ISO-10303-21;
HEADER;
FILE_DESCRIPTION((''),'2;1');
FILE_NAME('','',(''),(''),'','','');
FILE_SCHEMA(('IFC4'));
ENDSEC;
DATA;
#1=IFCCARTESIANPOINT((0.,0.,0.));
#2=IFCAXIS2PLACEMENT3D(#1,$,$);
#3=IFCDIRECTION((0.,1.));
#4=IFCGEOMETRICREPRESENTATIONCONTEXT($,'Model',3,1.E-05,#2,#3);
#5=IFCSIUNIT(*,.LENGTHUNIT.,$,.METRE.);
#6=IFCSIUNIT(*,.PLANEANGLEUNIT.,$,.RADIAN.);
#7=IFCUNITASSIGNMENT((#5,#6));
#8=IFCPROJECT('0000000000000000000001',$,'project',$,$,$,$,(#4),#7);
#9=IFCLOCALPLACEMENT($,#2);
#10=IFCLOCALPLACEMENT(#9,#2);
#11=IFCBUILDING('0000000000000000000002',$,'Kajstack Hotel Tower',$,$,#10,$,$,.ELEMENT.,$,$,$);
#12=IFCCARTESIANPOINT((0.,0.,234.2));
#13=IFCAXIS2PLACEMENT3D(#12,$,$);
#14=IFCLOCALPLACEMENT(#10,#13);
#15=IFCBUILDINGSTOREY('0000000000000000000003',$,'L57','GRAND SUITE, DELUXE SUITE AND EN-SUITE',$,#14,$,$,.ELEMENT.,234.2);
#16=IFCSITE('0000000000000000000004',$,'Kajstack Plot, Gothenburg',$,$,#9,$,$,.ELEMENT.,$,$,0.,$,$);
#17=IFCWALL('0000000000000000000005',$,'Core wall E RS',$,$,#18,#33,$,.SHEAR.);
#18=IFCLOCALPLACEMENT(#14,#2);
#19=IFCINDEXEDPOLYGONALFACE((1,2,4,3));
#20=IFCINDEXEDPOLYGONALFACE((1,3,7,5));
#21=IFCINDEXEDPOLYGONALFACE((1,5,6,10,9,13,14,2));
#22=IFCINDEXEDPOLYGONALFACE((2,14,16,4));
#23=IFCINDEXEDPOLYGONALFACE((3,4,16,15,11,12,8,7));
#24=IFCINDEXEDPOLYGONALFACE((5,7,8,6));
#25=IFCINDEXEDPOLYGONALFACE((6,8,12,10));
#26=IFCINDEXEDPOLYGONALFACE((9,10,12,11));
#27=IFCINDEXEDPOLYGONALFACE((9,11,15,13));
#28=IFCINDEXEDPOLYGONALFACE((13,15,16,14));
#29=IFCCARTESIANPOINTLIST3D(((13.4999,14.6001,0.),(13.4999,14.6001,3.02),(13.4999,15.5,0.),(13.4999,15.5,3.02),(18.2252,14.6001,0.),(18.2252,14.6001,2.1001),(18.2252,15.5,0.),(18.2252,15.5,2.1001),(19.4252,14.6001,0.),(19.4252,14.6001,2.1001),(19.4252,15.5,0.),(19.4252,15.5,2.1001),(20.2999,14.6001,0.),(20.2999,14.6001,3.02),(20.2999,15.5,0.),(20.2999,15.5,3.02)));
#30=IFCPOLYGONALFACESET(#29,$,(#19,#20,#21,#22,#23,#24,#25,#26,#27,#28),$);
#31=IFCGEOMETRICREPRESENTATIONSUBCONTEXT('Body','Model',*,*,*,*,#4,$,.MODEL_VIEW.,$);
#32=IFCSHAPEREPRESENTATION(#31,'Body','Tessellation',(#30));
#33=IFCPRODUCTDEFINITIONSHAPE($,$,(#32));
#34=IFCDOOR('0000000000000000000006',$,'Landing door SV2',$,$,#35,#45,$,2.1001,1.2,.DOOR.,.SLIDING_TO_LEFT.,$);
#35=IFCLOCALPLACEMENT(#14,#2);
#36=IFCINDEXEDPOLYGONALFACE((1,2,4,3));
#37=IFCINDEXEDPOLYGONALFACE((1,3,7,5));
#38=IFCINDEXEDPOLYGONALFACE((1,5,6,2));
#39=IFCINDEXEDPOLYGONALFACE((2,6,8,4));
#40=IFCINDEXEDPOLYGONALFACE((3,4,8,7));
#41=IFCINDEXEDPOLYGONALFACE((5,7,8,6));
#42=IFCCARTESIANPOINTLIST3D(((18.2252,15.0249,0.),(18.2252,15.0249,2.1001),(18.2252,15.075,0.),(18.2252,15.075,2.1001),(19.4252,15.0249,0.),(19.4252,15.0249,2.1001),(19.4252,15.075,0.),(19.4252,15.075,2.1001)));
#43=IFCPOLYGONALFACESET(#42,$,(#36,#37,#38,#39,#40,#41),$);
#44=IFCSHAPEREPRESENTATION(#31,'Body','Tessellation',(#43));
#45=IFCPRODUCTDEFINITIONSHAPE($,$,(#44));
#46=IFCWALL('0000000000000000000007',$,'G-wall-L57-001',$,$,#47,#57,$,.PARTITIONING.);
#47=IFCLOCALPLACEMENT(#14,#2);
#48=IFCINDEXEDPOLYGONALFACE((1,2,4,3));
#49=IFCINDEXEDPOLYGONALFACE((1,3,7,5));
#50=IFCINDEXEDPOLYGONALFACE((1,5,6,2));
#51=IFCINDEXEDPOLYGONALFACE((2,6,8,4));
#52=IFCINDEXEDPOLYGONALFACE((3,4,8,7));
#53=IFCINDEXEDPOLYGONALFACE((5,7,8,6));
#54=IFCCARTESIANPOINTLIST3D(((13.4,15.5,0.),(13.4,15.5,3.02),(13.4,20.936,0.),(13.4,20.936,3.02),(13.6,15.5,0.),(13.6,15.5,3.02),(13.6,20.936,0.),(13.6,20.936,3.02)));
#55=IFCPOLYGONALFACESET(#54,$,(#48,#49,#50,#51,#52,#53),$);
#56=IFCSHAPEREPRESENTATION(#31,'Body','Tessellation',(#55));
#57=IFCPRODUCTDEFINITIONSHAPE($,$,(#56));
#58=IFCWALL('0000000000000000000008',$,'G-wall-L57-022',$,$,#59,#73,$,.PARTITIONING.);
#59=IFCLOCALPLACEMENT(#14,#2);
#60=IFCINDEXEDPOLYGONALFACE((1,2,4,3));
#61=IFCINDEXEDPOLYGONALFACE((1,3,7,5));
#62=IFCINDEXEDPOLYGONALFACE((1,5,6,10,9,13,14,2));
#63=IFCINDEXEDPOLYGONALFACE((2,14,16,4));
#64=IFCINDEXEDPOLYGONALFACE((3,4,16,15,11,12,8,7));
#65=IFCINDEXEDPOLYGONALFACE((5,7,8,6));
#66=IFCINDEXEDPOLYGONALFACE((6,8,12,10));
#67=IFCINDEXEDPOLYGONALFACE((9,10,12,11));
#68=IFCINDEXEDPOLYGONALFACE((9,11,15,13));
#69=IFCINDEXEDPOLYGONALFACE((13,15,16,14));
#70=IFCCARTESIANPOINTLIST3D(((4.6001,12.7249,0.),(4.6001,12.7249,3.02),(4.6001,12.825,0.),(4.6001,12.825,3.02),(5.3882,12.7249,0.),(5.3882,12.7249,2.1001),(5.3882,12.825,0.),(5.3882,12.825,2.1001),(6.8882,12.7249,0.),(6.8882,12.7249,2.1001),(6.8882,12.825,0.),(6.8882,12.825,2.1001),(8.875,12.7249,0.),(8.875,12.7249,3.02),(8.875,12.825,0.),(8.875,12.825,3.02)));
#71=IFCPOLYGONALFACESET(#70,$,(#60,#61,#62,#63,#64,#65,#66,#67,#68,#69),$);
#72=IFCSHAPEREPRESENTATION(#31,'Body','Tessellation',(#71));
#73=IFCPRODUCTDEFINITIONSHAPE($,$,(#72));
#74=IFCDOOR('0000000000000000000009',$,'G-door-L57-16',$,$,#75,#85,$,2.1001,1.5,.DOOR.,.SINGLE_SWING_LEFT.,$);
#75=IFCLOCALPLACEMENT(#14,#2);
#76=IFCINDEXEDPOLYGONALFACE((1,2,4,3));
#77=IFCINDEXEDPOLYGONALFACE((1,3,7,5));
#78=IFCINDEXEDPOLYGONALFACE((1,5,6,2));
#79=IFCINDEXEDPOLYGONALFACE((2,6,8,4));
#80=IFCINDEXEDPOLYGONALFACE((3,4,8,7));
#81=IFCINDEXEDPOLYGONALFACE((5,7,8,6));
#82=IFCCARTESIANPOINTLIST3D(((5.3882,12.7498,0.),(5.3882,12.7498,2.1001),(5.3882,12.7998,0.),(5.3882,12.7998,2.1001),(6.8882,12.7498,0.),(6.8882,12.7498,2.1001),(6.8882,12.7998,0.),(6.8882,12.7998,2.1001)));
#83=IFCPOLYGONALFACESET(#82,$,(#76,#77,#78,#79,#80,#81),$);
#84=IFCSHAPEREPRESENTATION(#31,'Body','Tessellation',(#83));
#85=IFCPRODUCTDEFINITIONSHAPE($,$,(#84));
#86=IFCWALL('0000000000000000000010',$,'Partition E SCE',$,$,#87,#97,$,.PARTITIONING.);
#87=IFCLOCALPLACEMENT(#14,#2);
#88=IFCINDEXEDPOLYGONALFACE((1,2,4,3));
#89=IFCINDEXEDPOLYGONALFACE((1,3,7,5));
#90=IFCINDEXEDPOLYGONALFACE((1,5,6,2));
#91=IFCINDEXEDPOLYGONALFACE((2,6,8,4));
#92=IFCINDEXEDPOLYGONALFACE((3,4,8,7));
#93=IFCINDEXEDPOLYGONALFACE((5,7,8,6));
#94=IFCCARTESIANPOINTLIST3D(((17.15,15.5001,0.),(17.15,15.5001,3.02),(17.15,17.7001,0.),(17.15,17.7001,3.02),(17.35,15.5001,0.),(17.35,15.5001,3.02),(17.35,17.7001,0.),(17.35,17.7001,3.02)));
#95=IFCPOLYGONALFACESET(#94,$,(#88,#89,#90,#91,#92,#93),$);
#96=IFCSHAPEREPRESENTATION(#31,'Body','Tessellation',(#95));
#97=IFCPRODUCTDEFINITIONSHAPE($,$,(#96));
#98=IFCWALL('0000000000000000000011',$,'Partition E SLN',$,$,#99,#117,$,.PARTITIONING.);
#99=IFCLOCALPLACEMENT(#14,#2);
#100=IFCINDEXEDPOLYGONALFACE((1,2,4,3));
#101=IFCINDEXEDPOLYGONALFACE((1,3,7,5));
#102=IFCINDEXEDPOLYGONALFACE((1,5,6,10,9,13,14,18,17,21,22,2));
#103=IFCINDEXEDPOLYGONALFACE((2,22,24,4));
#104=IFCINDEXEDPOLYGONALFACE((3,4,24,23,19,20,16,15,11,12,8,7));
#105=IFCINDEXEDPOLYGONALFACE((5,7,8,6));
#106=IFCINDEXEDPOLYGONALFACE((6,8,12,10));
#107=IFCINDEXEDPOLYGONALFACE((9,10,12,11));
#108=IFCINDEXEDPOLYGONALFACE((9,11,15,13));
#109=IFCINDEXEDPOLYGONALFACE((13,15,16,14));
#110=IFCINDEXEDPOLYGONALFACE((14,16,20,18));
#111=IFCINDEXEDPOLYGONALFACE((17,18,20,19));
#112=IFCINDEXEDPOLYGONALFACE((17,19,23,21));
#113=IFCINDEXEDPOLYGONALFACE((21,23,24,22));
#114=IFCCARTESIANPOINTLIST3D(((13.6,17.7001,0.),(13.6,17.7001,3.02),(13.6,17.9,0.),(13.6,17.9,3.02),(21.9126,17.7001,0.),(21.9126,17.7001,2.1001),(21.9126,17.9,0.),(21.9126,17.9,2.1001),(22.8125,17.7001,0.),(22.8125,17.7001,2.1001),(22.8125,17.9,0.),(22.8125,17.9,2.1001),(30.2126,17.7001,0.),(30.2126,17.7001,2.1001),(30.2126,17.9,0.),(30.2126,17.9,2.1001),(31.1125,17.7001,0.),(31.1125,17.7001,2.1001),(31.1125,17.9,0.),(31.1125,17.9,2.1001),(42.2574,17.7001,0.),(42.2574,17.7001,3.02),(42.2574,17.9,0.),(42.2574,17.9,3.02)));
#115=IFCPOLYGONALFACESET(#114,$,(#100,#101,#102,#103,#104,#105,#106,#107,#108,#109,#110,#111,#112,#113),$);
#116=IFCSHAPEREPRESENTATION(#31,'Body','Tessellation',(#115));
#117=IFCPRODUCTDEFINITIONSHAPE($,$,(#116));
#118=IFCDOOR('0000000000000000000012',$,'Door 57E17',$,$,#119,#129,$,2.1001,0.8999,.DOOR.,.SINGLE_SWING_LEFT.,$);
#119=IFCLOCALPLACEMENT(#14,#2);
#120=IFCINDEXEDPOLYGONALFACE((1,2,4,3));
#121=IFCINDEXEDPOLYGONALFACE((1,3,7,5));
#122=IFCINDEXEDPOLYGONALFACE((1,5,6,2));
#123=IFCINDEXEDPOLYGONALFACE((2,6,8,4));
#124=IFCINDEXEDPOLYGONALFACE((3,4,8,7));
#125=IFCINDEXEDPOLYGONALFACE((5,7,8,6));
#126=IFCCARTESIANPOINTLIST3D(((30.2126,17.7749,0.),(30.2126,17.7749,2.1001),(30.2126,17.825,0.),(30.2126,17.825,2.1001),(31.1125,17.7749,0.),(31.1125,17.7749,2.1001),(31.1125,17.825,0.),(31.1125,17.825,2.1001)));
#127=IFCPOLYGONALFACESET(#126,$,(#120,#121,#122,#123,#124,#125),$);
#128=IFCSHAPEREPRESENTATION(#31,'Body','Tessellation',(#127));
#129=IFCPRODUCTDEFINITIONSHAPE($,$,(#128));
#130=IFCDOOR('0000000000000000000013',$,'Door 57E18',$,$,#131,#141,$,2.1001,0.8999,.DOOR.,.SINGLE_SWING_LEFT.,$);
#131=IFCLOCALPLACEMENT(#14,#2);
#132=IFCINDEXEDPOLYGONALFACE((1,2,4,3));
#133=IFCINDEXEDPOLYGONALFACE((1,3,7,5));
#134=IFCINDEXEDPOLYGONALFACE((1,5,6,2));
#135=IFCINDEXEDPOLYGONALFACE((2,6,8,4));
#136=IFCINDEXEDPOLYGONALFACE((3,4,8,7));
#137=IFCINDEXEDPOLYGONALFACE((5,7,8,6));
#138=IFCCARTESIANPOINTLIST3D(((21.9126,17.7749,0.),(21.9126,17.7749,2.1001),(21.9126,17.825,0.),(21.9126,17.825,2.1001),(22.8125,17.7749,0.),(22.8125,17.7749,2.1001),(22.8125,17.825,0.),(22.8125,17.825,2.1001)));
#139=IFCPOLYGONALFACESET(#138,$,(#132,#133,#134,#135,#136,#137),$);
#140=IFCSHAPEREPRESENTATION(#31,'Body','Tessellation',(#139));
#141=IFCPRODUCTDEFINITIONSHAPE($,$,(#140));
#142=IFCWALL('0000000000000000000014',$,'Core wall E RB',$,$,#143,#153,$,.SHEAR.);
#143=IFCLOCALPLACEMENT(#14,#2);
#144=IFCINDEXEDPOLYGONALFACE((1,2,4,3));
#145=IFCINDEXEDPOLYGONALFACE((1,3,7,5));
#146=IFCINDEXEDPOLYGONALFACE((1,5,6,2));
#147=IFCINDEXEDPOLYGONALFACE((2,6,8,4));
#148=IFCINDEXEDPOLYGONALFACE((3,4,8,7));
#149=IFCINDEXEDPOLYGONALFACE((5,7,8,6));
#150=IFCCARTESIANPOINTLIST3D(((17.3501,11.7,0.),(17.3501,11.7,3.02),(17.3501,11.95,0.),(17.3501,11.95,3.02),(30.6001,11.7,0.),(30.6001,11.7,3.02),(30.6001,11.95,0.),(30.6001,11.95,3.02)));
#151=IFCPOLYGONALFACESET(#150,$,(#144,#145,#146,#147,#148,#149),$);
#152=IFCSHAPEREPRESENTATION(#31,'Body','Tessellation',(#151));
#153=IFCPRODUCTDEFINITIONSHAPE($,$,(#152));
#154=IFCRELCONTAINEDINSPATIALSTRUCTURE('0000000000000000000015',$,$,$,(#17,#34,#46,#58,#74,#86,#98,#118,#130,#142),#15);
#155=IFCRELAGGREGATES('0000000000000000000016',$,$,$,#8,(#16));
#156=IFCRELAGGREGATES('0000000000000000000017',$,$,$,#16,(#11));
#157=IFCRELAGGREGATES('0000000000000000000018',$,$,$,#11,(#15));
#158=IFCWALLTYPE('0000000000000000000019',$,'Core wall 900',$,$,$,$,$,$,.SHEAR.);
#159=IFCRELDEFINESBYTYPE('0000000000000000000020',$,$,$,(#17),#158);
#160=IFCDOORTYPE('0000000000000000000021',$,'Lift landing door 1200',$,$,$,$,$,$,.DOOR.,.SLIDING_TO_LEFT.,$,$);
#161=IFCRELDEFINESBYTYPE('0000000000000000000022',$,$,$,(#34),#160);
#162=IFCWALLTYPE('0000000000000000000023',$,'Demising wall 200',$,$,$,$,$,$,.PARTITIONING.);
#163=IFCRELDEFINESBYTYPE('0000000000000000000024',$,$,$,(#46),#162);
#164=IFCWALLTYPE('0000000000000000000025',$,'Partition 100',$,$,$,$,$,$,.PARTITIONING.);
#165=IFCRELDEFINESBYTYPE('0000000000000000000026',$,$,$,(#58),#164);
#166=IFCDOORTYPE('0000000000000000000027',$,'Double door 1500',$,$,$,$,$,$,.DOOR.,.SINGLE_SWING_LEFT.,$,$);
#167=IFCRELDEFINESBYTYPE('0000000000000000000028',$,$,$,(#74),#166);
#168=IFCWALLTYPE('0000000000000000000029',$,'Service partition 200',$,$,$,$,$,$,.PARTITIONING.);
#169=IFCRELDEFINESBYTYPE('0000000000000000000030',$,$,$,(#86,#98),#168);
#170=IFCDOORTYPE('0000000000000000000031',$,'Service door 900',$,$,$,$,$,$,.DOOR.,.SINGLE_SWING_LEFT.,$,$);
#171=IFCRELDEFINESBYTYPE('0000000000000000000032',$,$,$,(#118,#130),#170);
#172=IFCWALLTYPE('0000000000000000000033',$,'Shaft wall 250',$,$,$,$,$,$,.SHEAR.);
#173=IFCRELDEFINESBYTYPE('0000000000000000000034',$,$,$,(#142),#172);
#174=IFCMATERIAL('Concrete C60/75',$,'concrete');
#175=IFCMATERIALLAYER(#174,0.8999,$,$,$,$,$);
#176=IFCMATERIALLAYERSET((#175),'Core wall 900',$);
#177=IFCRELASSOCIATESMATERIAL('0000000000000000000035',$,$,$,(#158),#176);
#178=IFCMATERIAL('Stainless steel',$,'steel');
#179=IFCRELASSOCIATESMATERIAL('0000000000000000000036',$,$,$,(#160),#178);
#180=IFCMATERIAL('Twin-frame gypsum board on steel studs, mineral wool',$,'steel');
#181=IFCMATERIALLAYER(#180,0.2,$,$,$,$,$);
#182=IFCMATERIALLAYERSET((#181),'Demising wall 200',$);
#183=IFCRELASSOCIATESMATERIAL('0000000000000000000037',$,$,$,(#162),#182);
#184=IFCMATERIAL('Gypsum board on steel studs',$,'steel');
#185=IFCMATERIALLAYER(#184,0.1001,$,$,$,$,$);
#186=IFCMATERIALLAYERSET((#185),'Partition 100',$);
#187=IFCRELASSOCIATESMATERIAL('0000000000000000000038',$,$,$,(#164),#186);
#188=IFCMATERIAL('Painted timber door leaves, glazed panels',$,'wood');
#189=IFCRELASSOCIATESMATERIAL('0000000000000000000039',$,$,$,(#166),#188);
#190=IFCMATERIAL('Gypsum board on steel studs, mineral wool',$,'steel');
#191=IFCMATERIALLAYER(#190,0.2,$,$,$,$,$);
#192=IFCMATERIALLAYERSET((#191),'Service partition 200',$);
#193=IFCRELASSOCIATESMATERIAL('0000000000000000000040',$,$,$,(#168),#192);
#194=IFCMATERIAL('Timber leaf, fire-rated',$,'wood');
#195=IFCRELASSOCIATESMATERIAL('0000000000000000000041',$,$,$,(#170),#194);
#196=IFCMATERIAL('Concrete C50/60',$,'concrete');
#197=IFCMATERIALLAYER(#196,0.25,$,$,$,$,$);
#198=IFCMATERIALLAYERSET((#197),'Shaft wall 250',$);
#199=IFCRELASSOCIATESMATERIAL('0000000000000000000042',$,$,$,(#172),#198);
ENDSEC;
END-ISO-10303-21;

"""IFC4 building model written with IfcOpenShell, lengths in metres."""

from ifc_helpers import new_model, si_unit, direction, frame, frame_2d, origin, place, context, subcontext, project, spatial, rectangle, extrude, material, layer, layer_set, type_object, element, fill, save


model = new_model("IFC4")

# Units and contexts
model_context = context("Model", 3, precision=1e-05, world=origin(), true_north=direction((0.0, 1.0)))
body_context = subcontext(model_context, "Body", "Model", "MODEL_VIEW")
ifc_project = project(units=[si_unit("LENGTHUNIT", "METRE"), si_unit("PLANEANGLEUNIT", "RADIAN")], contexts=[model_context])

# Site, building, storey
site_placement = place(None, origin())
site = spatial("IfcSite", under=ifc_project, at=site_placement, Name="Kajstack Plot, Gothenburg", CompositionType="ELEMENT", RefElevation=0.0)
building_placement = place(site_placement, origin())
building = spatial("IfcBuilding", under=site, at=building_placement, Name="Kajstack Hotel Tower", CompositionType="ELEMENT")
storey_placement = place(building_placement, frame((0.0, 0.0, 234.2)))
storey = spatial("IfcBuildingStorey", under=building, at=storey_placement, Name="L57", Description="GRAND SUITE, DELUXE SUITE AND EN-SUITE", CompositionType="ELEMENT", Elevation=234.2)

# Wall, opening, door
ifc_material_1 = material(Name="Concrete C60/75", Category="concrete")
ifc_layer_1 = layer(ifc_material_1, 0.8999)
ifc_layer_set_1 = layer_set([ifc_layer_1], Name="Core wall 900")
wall_type_1 = type_object("IfcWallType", Name="Core wall 900", PredefinedType="SHEAR", material=ifc_layer_set_1)
wall_1_placement = place(storey_placement, frame((13.5, 15.05, 0.0), z_axis=(0.0, 0.0, 1.0), x_axis=(1.0, 0.0, 0.0)))
wall_1 = element("IfcWall", 1, at=wall_1_placement, inside=storey, type_object=wall_type_1, Name="Core wall E RS", PredefinedType="SHEAR", context=body_context, shape_type="SweptSolid", body=[
    extrude(rectangle(XDim=6.8, YDim=0.8999, at=frame_2d((3.3999, 0.0))), origin(), (0.0, 0.0, 1.0), 3.02),
])
opening_1_placement = place(wall_1_placement, frame((4.7251, 0.0, 0.0)))
opening_1 = element("IfcOpeningElement", 2, at=opening_1_placement, cuts=wall_1, PredefinedType="OPENING", context=body_context, shape_type="SweptSolid", body=[
    extrude(rectangle(XDim=1.2, YDim=2.1001, at=frame_2d((0.6001, 1.05))), frame((0.0, 0.46, 0.0), z_axis=(0.0, -1.0, 0.0), x_axis=(1.0, 0.0, 0.0)), (0.0, 0.0, 1.0), 0.9199),
])
ifc_material_2 = material(Name="Stainless steel", Category="steel")
door_type_1 = type_object("IfcDoorType", Name="Lift landing door 1200", OperationType="SLIDING_TO_LEFT", PredefinedType="DOOR", material=ifc_material_2)
door_1_placement = place(opening_1_placement, origin())
door_1 = element("IfcDoor", 3, at=door_1_placement, inside=storey, type_object=door_type_1, Name="Landing door SV2", OperationType="SLIDING_TO_LEFT", OverallHeight=2.1001, OverallWidth=1.2, PredefinedType="DOOR", context=body_context, shape_type="SweptSolid", body=[
    extrude(rectangle(XDim=1.2, YDim=2.1001, at=frame_2d((0.6001, 1.05))), frame((0.0, 0.0249, 0.0), z_axis=(0.0, -1.0, 0.0), x_axis=(1.0, 0.0, 0.0)), (0.0, 0.0, 1.0), 0.05),
])
fill(opening_1, door_1)

# Wall
ifc_material_3 = material(Name="Twin-frame gypsum board on steel studs, mineral wool", Category="steel")
ifc_layer_2 = layer(ifc_material_3, 0.2)
ifc_layer_set_2 = layer_set([ifc_layer_2], Name="Demising wall 200")
wall_type_2 = type_object("IfcWallType", Name="Demising wall 200", PredefinedType="PARTITIONING", material=ifc_layer_set_2)
wall_2_placement = place(storey_placement, frame((13.5, 15.5, 0.0), z_axis=(0.0, 0.0, 1.0), x_axis=(0.0, 1.0, 0.0)))
element("IfcWall", 4, at=wall_2_placement, inside=storey, type_object=wall_type_2, Name="G-wall-L57-001", PredefinedType="PARTITIONING", context=body_context, shape_type="SweptSolid", body=[
    extrude(rectangle(XDim=5.436, YDim=0.2, at=frame_2d((2.718, 0.0))), origin(), (0.0, 0.0, 1.0), 3.02),
])

# Wall, opening, door
ifc_material_4 = material(Name="Gypsum board on steel studs", Category="steel")
ifc_layer_3 = layer(ifc_material_4, 0.1001)
ifc_layer_set_3 = layer_set([ifc_layer_3], Name="Partition 100")
wall_type_3 = type_object("IfcWallType", Name="Partition 100", PredefinedType="PARTITIONING", material=ifc_layer_set_3)
wall_3_placement = place(storey_placement, frame((4.6001, 12.7749, 0.0), z_axis=(0.0, 0.0, 1.0), x_axis=(1.0, 0.0, 0.0)))
wall_3 = element("IfcWall", 5, at=wall_3_placement, inside=storey, type_object=wall_type_3, Name="G-wall-L57-022", PredefinedType="PARTITIONING", context=body_context, shape_type="SweptSolid", body=[
    extrude(rectangle(XDim=4.2749, YDim=0.1001, at=frame_2d((2.1375, 0.0))), origin(), (0.0, 0.0, 1.0), 3.02),
])
opening_2_placement = place(wall_3_placement, frame((0.7881, 0.0, 0.0)))
opening_2 = element("IfcOpeningElement", 6, at=opening_2_placement, cuts=wall_3, PredefinedType="OPENING", context=body_context, shape_type="SweptSolid", body=[
    extrude(rectangle(XDim=1.5, YDim=2.1001, at=frame_2d((0.75, 1.05))), frame((0.0, 0.0601, 0.0), z_axis=(0.0, -1.0, 0.0), x_axis=(1.0, 0.0, 0.0)), (0.0, 0.0, 1.0), 0.1201),
])
ifc_material_5 = material(Name="Painted timber door leaves, glazed panels", Category="wood")
door_type_2 = type_object("IfcDoorType", Name="Double door 1500", OperationType="SINGLE_SWING_LEFT", PredefinedType="DOOR", material=ifc_material_5)
door_2_placement = place(opening_2_placement, origin())
door_2 = element("IfcDoor", 7, at=door_2_placement, inside=storey, type_object=door_type_2, Name="G-door-L57-16", OperationType="SINGLE_SWING_LEFT", OverallHeight=2.1001, OverallWidth=1.5, PredefinedType="DOOR", context=body_context, shape_type="SweptSolid", body=[
    extrude(rectangle(XDim=1.5, YDim=2.1001, at=frame_2d((0.75, 1.05))), frame((0.0, 0.0249, 0.0), z_axis=(0.0, -1.0, 0.0), x_axis=(1.0, 0.0, 0.0)), (0.0, 0.0, 1.0), 0.05),
])
fill(opening_2, door_2)

# Wall
ifc_material_6 = material(Name="Gypsum board on steel studs, mineral wool", Category="steel")
ifc_layer_4 = layer(ifc_material_6, 0.2)
ifc_layer_set_4 = layer_set([ifc_layer_4], Name="Service partition 200")
wall_type_4 = type_object("IfcWallType", Name="Service partition 200", PredefinedType="PARTITIONING", material=ifc_layer_set_4)
wall_4_placement = place(storey_placement, frame((17.25, 15.5, 0.0), z_axis=(0.0, 0.0, 1.0), x_axis=(0.0, 1.0, 0.0)))
element("IfcWall", 8, at=wall_4_placement, inside=storey, type_object=wall_type_4, Name="Partition E SCE", PredefinedType="PARTITIONING", context=body_context, shape_type="SweptSolid", body=[
    extrude(rectangle(XDim=2.2, YDim=0.2, at=frame_2d((1.1001, 0.0))), origin(), (0.0, 0.0, 1.0), 3.02),
])

# Wall, openings, doors
wall_5_placement = place(storey_placement, frame((13.6001, 17.8, 0.0), z_axis=(0.0, 0.0, 1.0), x_axis=(1.0, 0.0, 0.0)))
wall_5 = element("IfcWall", 9, at=wall_5_placement, inside=storey, type_object=wall_type_4, Name="Partition E SLN", PredefinedType="PARTITIONING", context=body_context, shape_type="SweptSolid", body=[
    extrude(rectangle(XDim=28.6575, YDim=0.2, at=frame_2d((14.3286, 0.0))), origin(), (0.0, 0.0, 1.0), 3.02),
])
opening_3_placement = place(wall_5_placement, frame((16.6125, 0.0, 0.0)))
opening_3 = element("IfcOpeningElement", 10, at=opening_3_placement, cuts=wall_5, PredefinedType="OPENING", context=body_context, shape_type="SweptSolid", body=[
    extrude(rectangle(XDim=0.8999, YDim=2.1001, at=frame_2d((0.45, 1.05))), frame((0.0, 0.1099, 0.0), z_axis=(0.0, -1.0, 0.0), x_axis=(1.0, 0.0, 0.0)), (0.0, 0.0, 1.0), 0.22),
])
opening_4_placement = place(wall_5_placement, frame((8.3125, 0.0, 0.0)))
opening_4 = element("IfcOpeningElement", 11, at=opening_4_placement, cuts=wall_5, PredefinedType="OPENING", context=body_context, shape_type="SweptSolid", body=[
    extrude(rectangle(XDim=0.8999, YDim=2.1001, at=frame_2d((0.45, 1.05))), frame((0.0, 0.1099, 0.0), z_axis=(0.0, -1.0, 0.0), x_axis=(1.0, 0.0, 0.0)), (0.0, 0.0, 1.0), 0.22),
])
ifc_material_7 = material(Name="Timber leaf, fire-rated", Category="wood")
door_type_3 = type_object("IfcDoorType", Name="Service door 900", OperationType="SINGLE_SWING_LEFT", PredefinedType="DOOR", material=ifc_material_7)
door_3_placement = place(opening_3_placement, origin())
door_3 = element("IfcDoor", 12, at=door_3_placement, inside=storey, type_object=door_type_3, Name="Door 57E17", OperationType="SINGLE_SWING_LEFT", OverallHeight=2.1001, OverallWidth=0.8999, PredefinedType="DOOR", context=body_context, shape_type="SweptSolid", body=[
    extrude(rectangle(XDim=0.8999, YDim=2.1001, at=frame_2d((0.45, 1.05))), frame((0.0, 0.0249, 0.0), z_axis=(0.0, -1.0, 0.0), x_axis=(1.0, 0.0, 0.0)), (0.0, 0.0, 1.0), 0.05),
])
fill(opening_3, door_3)
door_4_placement = place(opening_4_placement, origin())
door_4 = element("IfcDoor", 13, at=door_4_placement, inside=storey, type_object=door_type_3, Name="Door 57E18", OperationType="SINGLE_SWING_LEFT", OverallHeight=2.1001, OverallWidth=0.8999, PredefinedType="DOOR", context=body_context, shape_type="SweptSolid", body=[
    extrude(rectangle(XDim=0.8999, YDim=2.1001, at=frame_2d((0.45, 1.05))), frame((0.0, 0.0249, 0.0), z_axis=(0.0, -1.0, 0.0), x_axis=(1.0, 0.0, 0.0)), (0.0, 0.0, 1.0), 0.05),
])
fill(opening_4, door_4)

# Wall
ifc_material_8 = material(Name="Concrete C50/60", Category="concrete")
ifc_layer_5 = layer(ifc_material_8, 0.25)
ifc_layer_set_5 = layer_set([ifc_layer_5], Name="Shaft wall 250")
wall_type_5 = type_object("IfcWallType", Name="Shaft wall 250", PredefinedType="SHEAR", material=ifc_layer_set_5)
wall_6_placement = place(storey_placement, frame((17.3501, 11.825, 0.0), z_axis=(0.0, 0.0, 1.0), x_axis=(1.0, 0.0, 0.0)))
element("IfcWall", 14, at=wall_6_placement, inside=storey, type_object=wall_type_5, Name="Core wall E RB", PredefinedType="SHEAR", context=body_context, shape_type="SweptSolid", body=[
    extrude(rectangle(XDim=13.25, YDim=0.25, at=frame_2d((6.625, 0.0))), origin(), (0.0, 0.0, 1.0), 3.02),
])

save(model, "model.ifc")
